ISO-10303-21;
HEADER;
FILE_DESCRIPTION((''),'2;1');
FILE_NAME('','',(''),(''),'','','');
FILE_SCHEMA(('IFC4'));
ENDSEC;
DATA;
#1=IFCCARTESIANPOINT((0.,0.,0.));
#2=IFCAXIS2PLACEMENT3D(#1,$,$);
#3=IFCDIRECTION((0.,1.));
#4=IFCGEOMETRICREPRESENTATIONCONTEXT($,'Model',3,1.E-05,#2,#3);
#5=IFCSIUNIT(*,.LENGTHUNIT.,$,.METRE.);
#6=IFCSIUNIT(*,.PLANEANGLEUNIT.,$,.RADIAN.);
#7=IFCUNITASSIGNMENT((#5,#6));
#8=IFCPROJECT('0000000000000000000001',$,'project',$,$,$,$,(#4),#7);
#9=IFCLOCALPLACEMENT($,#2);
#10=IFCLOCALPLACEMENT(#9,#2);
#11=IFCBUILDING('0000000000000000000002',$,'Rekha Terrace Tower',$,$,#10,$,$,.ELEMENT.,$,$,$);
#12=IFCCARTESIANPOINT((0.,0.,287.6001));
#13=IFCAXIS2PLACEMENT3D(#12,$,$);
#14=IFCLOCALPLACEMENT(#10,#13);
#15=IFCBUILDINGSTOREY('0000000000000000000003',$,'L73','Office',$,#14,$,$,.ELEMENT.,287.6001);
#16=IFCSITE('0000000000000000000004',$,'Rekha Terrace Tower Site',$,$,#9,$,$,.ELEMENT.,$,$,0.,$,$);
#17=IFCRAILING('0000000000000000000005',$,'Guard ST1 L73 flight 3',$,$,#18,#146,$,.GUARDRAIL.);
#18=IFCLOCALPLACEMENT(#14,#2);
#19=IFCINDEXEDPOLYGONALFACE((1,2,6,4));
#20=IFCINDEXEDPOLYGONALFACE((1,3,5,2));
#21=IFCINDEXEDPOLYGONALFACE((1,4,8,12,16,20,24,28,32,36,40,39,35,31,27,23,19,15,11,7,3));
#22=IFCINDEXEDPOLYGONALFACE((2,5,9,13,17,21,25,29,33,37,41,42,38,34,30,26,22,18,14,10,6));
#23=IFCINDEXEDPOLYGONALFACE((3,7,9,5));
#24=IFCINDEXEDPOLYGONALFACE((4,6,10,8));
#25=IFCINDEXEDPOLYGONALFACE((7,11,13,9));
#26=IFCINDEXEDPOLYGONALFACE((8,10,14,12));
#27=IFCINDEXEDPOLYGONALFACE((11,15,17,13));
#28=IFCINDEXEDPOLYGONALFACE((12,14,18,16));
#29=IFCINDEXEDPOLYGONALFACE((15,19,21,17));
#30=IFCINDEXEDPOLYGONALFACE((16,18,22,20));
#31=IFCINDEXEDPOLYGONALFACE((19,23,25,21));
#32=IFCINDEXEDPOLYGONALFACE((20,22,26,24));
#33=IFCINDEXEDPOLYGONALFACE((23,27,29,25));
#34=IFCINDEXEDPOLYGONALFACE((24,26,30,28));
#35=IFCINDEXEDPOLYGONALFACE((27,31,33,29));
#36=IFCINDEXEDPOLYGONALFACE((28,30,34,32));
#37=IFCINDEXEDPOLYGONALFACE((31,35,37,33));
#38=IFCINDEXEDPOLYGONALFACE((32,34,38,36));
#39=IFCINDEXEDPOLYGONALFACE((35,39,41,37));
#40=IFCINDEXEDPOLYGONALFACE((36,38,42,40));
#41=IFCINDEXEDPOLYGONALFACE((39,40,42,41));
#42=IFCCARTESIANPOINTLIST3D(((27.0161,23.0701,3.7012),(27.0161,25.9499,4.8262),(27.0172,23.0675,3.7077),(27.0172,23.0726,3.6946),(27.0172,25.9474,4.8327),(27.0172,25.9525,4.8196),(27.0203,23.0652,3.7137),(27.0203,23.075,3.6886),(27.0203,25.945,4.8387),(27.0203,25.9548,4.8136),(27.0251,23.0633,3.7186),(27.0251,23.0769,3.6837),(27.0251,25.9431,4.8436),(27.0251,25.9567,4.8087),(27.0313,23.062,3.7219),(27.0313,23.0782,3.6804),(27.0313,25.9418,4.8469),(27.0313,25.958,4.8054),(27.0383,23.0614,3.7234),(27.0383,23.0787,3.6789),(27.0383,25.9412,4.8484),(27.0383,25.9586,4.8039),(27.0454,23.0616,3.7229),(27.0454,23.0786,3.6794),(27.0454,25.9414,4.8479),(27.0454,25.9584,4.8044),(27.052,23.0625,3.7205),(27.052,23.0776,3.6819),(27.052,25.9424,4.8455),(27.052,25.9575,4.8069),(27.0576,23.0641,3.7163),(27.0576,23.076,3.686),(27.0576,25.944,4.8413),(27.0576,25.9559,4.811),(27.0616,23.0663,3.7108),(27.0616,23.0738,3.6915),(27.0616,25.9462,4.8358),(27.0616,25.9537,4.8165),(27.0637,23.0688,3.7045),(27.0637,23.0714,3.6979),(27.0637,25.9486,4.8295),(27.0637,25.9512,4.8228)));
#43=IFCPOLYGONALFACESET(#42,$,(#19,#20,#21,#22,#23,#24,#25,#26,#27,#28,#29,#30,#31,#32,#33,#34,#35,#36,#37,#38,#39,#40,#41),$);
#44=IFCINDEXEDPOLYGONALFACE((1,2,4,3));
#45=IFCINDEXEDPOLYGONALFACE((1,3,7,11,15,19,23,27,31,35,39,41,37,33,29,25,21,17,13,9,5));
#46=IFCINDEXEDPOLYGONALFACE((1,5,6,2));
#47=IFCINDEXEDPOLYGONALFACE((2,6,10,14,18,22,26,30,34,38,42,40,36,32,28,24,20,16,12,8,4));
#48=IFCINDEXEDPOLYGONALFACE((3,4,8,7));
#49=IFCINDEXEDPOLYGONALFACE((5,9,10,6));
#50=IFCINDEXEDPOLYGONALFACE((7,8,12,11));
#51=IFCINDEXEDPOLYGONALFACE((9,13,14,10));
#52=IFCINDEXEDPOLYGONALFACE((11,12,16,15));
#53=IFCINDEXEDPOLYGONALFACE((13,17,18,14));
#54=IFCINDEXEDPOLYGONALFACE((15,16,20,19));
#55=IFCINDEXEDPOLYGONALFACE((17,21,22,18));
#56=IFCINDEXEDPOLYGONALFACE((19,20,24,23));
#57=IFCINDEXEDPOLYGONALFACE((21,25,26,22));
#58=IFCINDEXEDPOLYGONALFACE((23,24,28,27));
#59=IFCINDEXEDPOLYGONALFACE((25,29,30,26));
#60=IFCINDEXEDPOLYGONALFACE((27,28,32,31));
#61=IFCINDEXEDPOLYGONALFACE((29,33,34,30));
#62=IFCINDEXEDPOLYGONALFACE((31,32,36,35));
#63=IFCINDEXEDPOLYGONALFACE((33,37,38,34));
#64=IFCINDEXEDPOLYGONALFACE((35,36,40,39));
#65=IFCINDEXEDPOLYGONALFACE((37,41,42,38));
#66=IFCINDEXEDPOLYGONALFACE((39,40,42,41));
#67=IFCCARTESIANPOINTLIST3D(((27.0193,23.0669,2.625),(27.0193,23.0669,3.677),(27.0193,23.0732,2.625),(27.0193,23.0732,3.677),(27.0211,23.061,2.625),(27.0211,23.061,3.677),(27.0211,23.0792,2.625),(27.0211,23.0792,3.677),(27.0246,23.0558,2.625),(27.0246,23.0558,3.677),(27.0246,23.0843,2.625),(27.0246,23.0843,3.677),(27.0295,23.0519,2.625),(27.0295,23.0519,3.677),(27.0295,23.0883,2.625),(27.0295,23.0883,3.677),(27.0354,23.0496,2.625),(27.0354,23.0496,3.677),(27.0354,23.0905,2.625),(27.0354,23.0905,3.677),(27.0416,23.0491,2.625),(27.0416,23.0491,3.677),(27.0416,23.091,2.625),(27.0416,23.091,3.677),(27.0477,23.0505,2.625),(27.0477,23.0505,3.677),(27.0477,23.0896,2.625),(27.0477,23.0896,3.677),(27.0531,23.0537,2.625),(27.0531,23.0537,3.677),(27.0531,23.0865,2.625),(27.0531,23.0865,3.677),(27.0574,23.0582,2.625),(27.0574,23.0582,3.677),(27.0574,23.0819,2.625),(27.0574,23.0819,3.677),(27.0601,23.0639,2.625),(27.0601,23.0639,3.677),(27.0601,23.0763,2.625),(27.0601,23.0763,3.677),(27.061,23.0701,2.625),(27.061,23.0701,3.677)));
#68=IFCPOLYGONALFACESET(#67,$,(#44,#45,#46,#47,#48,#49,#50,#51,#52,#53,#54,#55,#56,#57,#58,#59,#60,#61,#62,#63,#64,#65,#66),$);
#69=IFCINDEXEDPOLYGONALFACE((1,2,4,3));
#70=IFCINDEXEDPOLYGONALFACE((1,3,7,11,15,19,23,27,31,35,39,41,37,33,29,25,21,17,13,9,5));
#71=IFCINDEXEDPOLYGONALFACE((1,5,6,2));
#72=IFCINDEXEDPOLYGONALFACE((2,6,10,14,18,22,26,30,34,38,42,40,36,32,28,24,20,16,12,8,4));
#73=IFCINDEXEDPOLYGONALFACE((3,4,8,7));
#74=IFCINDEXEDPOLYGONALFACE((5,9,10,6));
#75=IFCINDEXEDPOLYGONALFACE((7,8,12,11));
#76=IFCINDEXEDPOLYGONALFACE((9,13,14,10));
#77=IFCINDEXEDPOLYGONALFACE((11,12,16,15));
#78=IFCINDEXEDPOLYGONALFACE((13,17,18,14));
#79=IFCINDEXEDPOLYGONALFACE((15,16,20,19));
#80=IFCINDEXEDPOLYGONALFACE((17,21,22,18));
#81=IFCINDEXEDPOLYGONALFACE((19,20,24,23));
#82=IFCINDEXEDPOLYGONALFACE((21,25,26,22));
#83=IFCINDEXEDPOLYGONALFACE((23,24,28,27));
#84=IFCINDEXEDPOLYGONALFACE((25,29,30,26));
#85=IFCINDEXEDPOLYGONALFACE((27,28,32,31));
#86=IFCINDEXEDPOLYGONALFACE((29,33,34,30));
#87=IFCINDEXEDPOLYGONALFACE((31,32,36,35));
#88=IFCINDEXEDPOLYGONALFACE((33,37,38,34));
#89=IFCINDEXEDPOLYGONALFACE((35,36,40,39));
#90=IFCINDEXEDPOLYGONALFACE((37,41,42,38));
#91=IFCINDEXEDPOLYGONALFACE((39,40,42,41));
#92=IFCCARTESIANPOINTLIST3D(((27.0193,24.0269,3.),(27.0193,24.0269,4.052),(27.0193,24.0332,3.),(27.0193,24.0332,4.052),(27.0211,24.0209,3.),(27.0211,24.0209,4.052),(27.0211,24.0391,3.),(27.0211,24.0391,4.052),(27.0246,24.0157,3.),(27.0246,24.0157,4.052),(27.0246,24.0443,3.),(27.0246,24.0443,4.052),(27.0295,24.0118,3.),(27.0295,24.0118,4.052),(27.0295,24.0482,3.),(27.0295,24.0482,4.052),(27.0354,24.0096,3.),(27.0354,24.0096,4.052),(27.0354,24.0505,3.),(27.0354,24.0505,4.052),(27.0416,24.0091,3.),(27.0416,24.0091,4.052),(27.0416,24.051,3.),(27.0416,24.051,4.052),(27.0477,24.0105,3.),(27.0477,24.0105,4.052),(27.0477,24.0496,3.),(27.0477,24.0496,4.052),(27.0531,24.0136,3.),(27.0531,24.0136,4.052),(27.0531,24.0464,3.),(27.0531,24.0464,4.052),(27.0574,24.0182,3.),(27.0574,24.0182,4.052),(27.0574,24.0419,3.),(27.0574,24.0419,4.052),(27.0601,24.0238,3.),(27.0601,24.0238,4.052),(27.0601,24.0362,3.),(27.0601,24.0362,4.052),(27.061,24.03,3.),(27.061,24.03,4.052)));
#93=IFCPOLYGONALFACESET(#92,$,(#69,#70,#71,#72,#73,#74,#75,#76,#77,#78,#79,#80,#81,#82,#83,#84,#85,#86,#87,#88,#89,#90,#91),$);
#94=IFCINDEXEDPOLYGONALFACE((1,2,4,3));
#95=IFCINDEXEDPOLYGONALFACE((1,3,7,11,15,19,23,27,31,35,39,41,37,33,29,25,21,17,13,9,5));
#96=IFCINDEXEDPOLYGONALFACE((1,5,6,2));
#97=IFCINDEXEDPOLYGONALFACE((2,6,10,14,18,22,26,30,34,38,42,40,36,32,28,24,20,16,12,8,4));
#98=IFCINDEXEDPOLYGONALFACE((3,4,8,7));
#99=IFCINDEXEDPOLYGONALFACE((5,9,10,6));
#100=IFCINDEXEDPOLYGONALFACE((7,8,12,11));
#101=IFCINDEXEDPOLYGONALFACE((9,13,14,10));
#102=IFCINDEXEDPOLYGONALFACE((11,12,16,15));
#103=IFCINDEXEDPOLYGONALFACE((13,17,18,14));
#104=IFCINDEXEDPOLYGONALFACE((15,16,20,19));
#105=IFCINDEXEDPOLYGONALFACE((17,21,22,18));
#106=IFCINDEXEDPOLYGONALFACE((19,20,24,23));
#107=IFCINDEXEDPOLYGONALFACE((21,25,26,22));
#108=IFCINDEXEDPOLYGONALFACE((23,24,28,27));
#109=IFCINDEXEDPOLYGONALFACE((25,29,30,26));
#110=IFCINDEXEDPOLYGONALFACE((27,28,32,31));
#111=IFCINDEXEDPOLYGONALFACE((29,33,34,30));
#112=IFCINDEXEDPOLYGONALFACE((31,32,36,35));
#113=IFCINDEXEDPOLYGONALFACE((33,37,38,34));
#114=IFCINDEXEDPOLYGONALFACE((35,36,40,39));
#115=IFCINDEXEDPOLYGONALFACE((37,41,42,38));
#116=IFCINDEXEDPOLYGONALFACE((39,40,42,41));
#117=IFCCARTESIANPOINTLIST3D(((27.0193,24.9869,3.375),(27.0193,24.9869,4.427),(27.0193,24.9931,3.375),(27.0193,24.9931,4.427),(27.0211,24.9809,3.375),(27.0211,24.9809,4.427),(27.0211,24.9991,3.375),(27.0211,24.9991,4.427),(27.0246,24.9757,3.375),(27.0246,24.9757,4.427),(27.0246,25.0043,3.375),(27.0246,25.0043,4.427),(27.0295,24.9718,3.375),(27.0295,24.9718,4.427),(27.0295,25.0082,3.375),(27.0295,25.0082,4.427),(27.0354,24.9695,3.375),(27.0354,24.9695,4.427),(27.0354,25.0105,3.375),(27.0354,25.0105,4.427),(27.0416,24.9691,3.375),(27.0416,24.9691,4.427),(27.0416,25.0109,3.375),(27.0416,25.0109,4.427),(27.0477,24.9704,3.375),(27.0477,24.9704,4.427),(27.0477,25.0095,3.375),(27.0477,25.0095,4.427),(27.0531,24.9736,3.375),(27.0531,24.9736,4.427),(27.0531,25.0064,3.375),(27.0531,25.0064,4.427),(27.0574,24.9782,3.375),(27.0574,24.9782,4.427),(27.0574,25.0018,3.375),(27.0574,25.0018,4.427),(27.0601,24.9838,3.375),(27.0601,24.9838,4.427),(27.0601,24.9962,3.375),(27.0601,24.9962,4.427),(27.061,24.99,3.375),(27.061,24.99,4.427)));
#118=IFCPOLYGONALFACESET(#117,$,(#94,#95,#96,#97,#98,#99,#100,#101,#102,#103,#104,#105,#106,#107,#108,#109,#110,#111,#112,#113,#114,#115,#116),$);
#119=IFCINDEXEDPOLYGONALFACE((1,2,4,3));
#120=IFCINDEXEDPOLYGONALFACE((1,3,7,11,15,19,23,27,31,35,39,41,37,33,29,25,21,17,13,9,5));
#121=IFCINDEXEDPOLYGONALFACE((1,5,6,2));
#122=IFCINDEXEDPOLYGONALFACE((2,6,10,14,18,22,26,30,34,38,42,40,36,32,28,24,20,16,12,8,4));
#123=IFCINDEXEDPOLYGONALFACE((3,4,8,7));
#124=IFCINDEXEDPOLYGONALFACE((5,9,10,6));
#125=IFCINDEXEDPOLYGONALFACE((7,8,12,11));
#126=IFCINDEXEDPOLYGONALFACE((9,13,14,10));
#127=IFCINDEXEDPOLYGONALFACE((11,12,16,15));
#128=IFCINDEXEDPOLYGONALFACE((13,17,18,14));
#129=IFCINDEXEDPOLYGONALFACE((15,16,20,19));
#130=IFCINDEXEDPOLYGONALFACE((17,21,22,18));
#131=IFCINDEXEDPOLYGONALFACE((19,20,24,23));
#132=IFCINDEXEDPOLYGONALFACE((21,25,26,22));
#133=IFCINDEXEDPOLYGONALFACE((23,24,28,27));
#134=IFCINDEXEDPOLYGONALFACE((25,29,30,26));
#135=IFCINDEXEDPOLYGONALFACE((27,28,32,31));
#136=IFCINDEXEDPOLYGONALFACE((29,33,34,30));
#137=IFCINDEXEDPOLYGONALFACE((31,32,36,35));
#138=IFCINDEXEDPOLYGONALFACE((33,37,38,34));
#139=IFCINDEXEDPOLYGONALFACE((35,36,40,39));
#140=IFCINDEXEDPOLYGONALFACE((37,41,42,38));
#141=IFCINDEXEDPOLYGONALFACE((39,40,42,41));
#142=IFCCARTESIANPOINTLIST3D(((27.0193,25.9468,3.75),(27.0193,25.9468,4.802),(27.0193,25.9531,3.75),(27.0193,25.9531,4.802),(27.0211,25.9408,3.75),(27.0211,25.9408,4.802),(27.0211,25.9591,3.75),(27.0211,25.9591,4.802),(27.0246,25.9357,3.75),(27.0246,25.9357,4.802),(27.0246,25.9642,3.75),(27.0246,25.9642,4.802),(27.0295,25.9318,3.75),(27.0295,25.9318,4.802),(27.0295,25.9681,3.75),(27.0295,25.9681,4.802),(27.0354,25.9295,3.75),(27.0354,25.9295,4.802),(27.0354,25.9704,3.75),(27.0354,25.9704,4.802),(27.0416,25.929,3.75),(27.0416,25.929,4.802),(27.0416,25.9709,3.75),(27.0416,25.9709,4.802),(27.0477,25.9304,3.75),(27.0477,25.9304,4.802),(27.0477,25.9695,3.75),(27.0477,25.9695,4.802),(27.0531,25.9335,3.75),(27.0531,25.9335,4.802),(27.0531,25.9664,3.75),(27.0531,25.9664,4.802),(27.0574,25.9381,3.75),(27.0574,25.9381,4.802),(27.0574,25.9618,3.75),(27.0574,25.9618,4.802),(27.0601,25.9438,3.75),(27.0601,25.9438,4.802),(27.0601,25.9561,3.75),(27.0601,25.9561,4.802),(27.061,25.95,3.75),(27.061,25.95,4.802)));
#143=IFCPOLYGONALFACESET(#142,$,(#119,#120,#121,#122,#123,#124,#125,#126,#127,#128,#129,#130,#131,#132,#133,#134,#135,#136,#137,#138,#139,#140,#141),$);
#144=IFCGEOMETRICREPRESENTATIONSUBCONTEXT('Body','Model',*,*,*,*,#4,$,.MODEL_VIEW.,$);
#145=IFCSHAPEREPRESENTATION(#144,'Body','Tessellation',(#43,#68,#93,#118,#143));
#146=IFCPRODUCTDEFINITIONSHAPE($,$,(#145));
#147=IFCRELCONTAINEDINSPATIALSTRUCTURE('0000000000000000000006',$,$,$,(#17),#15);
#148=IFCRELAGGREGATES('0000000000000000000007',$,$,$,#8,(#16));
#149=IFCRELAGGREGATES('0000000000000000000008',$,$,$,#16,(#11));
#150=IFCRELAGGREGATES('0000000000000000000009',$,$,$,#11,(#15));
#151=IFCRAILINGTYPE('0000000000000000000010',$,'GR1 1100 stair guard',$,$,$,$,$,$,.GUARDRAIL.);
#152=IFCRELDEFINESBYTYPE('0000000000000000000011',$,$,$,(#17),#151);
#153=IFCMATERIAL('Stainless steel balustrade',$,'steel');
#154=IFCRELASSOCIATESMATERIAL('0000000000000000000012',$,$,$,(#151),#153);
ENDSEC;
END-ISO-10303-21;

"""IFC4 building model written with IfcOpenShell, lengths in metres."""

from ifc_helpers import new_model, si_unit, direction, frame, origin, origin_2d, place, context, subcontext, project, spatial, circle, extrude, material, type_object, element, save


model = new_model("IFC4")

# Units and contexts
model_context = context("Model", 3, precision=1e-05, world=origin(), true_north=direction((0.0, 1.0)))
body_context = subcontext(model_context, "Body", "Model", "MODEL_VIEW")
ifc_project = project(units=[si_unit("LENGTHUNIT", "METRE"), si_unit("PLANEANGLEUNIT", "RADIAN")], contexts=[model_context])

# Site, building, storey
site_placement = place(None, origin())
site = spatial("IfcSite", under=ifc_project, at=site_placement, Name="Rekha Terrace Tower Site", CompositionType="ELEMENT", RefElevation=0.0)
building_placement = place(site_placement, origin())
building = spatial("IfcBuilding", under=site, at=building_placement, Name="Rekha Terrace Tower", CompositionType="ELEMENT")
storey_placement = place(building_placement, frame((0.0, 0.0, 287.6001)))
storey = spatial("IfcBuildingStorey", under=building, at=storey_placement, Name="L73", Description="Office", CompositionType="ELEMENT", Elevation=287.6001)

# Railing
ifc_material_1 = material(Name="Stainless steel balustrade", Category="steel")
railing_type_1 = type_object("IfcRailingType", Name="GR1 1100 stair guard", PredefinedType="GUARDRAIL", material=ifc_material_1)
railing_1_placement = place(storey_placement, frame((27.04, 23.0701, 2.625)))
element("IfcRailing", 1, at=railing_1_placement, inside=storey, type_object=railing_type_1, Name="Guard ST1 L73 flight 3", PredefinedType="GUARDRAIL", context=body_context, shape_type="SweptSolid", body=[
    extrude(circle(Radius=0.0239, at=origin_2d()), frame((0.0, 0.0, 1.0762), z_axis=(0.0, 0.931452, 0.363863), x_axis=(-1.0, 0.0, 0.0)), (0.0, 0.0, 1.0), 3.0918),
    extrude(circle(Radius=0.021, at=origin_2d()), origin(), (0.0, 0.0, 1.0), 1.052),
    extrude(circle(Radius=0.021, at=origin_2d()), frame((0.0, 0.96, 0.375)), (0.0, 0.0, 1.0), 1.052),
    extrude(circle(Radius=0.021, at=origin_2d()), frame((0.0, 1.9199, 0.75)), (0.0, 0.0, 1.0), 1.052),
    extrude(circle(Radius=0.021, at=origin_2d()), frame((0.0, 2.8799, 1.125)), (0.0, 0.0, 1.0), 1.052),
])

save(model, "model.ifc")
